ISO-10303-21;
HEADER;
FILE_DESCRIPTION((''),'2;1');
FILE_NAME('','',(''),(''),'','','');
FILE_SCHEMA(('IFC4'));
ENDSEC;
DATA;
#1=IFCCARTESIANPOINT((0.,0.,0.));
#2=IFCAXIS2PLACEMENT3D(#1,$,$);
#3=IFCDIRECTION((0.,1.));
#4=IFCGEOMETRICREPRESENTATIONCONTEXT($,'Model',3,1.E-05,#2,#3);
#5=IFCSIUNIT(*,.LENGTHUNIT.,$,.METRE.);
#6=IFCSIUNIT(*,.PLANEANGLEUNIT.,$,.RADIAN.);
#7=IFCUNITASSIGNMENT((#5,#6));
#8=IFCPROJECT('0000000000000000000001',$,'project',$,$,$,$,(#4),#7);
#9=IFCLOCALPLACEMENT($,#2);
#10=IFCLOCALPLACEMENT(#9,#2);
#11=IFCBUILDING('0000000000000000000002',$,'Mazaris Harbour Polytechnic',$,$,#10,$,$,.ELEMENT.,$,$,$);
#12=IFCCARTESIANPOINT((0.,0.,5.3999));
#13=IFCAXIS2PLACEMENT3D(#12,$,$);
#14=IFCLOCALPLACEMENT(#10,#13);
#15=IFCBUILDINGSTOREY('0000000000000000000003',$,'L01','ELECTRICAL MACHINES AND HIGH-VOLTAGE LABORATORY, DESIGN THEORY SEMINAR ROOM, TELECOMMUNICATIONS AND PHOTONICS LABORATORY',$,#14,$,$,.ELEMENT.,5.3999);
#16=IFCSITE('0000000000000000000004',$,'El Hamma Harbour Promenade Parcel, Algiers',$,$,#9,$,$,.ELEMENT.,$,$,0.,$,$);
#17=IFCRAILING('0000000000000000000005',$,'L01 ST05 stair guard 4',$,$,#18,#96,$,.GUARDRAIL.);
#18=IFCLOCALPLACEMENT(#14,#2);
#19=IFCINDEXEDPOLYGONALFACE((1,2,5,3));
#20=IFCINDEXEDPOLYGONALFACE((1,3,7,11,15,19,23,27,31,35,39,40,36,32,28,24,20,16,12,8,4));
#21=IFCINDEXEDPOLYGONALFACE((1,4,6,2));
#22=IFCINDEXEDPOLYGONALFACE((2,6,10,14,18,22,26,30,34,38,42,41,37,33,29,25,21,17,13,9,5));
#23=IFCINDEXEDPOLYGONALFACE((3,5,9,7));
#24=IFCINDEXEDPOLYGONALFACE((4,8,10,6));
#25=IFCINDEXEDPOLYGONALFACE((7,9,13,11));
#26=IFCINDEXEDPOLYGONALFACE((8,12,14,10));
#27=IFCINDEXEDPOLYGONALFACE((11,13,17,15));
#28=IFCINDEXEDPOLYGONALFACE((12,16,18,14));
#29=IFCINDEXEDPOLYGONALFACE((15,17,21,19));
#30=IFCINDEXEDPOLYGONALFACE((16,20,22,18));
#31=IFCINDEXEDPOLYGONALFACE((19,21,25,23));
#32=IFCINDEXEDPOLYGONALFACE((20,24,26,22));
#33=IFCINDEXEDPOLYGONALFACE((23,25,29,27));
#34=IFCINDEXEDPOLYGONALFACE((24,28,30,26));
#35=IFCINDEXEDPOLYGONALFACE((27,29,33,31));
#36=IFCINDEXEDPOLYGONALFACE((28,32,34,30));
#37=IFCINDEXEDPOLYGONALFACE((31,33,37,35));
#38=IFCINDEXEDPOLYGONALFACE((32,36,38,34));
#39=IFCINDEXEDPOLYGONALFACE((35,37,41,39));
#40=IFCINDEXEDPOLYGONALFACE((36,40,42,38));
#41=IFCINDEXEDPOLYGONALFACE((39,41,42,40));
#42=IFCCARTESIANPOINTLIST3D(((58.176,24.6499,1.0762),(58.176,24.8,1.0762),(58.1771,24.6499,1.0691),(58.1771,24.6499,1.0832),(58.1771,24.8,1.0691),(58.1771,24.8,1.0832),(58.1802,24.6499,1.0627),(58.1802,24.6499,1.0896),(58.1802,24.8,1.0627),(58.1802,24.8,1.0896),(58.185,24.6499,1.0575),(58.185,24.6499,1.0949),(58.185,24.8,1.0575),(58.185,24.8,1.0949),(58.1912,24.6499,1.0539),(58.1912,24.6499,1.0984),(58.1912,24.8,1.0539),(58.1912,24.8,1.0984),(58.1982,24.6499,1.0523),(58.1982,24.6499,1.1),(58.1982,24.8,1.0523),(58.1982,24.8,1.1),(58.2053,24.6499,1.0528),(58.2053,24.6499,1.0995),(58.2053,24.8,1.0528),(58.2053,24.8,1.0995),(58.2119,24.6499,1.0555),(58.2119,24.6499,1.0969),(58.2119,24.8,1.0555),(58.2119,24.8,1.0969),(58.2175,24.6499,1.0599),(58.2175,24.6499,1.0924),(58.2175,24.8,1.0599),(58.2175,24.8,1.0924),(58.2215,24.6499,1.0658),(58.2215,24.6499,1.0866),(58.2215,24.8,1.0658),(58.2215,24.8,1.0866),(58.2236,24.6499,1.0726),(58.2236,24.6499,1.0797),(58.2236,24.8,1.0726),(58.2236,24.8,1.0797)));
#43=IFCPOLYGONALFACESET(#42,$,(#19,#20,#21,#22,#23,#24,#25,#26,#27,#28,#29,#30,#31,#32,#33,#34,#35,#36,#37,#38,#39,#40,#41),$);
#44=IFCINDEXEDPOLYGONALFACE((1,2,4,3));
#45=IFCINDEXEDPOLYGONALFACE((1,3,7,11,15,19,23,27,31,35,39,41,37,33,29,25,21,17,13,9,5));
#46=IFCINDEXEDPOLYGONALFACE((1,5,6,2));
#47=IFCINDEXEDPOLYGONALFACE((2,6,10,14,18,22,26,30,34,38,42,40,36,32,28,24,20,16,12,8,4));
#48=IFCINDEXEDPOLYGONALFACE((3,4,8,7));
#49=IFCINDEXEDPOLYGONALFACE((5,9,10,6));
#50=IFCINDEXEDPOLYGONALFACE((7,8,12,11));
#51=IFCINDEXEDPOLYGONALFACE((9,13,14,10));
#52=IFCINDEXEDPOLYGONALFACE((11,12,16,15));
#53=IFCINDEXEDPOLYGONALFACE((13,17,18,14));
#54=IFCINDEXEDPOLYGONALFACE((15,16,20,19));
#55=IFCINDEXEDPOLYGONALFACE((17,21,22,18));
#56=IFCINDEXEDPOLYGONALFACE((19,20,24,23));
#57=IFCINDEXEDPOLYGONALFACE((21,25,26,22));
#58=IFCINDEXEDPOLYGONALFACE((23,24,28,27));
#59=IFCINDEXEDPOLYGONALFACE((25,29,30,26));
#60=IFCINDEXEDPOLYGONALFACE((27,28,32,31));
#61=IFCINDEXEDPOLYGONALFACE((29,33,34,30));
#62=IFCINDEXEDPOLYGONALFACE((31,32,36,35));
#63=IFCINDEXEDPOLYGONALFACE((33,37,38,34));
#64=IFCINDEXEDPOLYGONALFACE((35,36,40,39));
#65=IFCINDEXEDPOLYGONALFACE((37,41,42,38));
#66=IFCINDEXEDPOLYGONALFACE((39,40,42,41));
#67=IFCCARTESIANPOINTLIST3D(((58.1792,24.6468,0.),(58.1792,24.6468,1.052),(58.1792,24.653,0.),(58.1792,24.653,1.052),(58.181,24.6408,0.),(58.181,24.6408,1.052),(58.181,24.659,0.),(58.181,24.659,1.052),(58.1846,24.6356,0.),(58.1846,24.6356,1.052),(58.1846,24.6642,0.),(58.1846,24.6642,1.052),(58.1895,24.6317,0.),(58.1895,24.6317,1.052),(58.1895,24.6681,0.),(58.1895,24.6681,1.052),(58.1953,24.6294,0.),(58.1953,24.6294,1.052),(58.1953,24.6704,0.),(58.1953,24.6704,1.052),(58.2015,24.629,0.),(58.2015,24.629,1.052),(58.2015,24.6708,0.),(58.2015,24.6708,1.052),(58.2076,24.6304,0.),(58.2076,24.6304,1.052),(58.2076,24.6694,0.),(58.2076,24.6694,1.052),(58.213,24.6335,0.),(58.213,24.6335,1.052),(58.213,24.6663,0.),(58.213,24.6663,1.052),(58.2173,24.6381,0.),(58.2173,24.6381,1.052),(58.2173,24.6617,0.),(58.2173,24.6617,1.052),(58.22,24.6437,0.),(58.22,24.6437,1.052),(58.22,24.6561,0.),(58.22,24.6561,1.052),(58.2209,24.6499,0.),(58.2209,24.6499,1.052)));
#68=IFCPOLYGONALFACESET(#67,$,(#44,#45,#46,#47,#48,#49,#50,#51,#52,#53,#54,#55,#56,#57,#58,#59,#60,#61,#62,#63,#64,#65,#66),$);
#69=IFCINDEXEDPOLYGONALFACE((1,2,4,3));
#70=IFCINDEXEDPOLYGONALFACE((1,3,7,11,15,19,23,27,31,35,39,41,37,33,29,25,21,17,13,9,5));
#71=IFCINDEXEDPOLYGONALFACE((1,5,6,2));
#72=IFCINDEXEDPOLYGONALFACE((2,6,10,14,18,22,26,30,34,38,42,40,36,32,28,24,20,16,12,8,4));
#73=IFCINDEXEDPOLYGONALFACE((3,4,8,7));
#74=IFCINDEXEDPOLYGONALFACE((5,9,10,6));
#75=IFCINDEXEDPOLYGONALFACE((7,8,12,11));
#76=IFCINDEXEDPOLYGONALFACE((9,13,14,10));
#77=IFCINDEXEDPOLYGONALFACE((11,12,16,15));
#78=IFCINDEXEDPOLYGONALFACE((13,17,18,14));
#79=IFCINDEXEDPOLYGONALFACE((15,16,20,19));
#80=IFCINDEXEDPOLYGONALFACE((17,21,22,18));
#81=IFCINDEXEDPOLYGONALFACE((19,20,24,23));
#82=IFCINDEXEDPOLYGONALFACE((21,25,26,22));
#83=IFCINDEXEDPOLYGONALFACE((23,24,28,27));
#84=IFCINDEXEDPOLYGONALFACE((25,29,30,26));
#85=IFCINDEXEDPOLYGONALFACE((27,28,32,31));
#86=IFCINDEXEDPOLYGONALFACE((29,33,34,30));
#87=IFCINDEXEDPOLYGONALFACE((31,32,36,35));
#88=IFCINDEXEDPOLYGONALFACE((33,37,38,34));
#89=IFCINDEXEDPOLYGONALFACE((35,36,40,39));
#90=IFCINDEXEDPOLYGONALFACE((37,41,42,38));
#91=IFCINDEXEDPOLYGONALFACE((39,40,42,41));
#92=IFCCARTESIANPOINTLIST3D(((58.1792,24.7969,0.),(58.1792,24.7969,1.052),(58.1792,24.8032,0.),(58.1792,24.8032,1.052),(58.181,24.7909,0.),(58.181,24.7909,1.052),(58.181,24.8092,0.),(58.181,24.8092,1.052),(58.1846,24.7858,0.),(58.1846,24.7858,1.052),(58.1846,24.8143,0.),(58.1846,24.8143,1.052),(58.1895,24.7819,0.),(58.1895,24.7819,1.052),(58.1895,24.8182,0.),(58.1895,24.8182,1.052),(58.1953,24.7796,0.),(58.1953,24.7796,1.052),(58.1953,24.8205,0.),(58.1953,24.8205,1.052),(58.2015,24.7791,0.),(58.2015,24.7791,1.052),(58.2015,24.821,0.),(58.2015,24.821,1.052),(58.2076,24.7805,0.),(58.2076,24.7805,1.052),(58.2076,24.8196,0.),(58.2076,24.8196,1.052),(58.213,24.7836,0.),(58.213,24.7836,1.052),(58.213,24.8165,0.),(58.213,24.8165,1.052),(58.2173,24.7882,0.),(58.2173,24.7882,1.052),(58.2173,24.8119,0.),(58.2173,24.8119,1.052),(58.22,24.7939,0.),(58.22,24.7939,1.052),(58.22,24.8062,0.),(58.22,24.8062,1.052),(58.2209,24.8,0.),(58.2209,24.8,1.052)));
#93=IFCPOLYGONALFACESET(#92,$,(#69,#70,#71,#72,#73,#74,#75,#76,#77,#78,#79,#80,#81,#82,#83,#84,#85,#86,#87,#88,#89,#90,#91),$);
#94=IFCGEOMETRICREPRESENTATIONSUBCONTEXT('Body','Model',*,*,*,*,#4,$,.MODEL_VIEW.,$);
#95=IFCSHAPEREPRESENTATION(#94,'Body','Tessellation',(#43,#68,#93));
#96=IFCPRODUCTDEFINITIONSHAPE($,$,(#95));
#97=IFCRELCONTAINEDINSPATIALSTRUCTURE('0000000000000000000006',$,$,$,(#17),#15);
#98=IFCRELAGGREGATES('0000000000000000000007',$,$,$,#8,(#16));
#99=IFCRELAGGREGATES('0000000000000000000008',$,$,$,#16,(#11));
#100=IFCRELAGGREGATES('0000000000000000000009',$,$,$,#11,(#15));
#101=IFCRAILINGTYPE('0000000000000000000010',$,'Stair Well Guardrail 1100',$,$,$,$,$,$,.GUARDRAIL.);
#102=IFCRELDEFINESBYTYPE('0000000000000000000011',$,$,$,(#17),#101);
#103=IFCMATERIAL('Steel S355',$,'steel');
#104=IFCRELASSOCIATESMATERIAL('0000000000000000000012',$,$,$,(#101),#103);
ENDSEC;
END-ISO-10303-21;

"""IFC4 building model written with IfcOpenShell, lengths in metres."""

from ifc_helpers import new_model, si_unit, direction, frame, origin, origin_2d, place, context, subcontext, project, spatial, circle, extrude, material, type_object, element, save


model = new_model("IFC4")

# Units and contexts
model_context = context("Model", 3, precision=1e-05, world=origin(), true_north=direction((0.0, 1.0)))
body_context = subcontext(model_context, "Body", "Model", "MODEL_VIEW")
ifc_project = project(units=[si_unit("LENGTHUNIT", "METRE"), si_unit("PLANEANGLEUNIT", "RADIAN")], contexts=[model_context])

# Site, building, storey
site_placement = place(None, origin())
site = spatial("IfcSite", under=ifc_project, at=site_placement, Name="El Hamma Harbour Promenade Parcel, Algiers", CompositionType="ELEMENT", RefElevation=0.0)
building_placement = place(site_placement, origin())
building = spatial("IfcBuilding", under=site, at=building_placement, Name="Mazaris Harbour Polytechnic", CompositionType="ELEMENT")
storey_placement = place(building_placement, frame((0.0, 0.0, 5.3999)))
storey = spatial("IfcBuildingStorey", under=building, at=storey_placement, Name="L01", Description="ELECTRICAL MACHINES AND HIGH-VOLTAGE LABORATORY, DESIGN THEORY SEMINAR ROOM, TELECOMMUNICATIONS AND PHOTONICS LABORATORY", CompositionType="ELEMENT", Elevation=5.3999)

# Railing
ifc_material_1 = material(Name="Steel S355", Category="steel")
railing_type_1 = type_object("IfcRailingType", Name="Stair Well Guardrail 1100", PredefinedType="GUARDRAIL", material=ifc_material_1)
railing_1_placement = place(storey_placement, frame((58.2, 24.6499, 0.0)))
element("IfcRailing", 1, at=railing_1_placement, inside=storey, type_object=railing_type_1, Name="L01 ST05 stair guard 4", PredefinedType="GUARDRAIL", context=body_context, shape_type="SweptSolid", body=[
    extrude(circle(Radius=0.0239, at=origin_2d()), frame((0.0, 0.0, 1.0762), z_axis=(0.0, 1.0, 0.0), x_axis=(-1.0, 0.0, 0.0)), (0.0, 0.0, 1.0), 0.1501),
    extrude(circle(Radius=0.021, at=origin_2d()), origin(), (0.0, 0.0, 1.0), 1.052),
    extrude(circle(Radius=0.021, at=origin_2d()), frame((0.0, 0.1501, 0.0)), (0.0, 0.0, 1.0), 1.052),
])

save(model, "model.ifc")
